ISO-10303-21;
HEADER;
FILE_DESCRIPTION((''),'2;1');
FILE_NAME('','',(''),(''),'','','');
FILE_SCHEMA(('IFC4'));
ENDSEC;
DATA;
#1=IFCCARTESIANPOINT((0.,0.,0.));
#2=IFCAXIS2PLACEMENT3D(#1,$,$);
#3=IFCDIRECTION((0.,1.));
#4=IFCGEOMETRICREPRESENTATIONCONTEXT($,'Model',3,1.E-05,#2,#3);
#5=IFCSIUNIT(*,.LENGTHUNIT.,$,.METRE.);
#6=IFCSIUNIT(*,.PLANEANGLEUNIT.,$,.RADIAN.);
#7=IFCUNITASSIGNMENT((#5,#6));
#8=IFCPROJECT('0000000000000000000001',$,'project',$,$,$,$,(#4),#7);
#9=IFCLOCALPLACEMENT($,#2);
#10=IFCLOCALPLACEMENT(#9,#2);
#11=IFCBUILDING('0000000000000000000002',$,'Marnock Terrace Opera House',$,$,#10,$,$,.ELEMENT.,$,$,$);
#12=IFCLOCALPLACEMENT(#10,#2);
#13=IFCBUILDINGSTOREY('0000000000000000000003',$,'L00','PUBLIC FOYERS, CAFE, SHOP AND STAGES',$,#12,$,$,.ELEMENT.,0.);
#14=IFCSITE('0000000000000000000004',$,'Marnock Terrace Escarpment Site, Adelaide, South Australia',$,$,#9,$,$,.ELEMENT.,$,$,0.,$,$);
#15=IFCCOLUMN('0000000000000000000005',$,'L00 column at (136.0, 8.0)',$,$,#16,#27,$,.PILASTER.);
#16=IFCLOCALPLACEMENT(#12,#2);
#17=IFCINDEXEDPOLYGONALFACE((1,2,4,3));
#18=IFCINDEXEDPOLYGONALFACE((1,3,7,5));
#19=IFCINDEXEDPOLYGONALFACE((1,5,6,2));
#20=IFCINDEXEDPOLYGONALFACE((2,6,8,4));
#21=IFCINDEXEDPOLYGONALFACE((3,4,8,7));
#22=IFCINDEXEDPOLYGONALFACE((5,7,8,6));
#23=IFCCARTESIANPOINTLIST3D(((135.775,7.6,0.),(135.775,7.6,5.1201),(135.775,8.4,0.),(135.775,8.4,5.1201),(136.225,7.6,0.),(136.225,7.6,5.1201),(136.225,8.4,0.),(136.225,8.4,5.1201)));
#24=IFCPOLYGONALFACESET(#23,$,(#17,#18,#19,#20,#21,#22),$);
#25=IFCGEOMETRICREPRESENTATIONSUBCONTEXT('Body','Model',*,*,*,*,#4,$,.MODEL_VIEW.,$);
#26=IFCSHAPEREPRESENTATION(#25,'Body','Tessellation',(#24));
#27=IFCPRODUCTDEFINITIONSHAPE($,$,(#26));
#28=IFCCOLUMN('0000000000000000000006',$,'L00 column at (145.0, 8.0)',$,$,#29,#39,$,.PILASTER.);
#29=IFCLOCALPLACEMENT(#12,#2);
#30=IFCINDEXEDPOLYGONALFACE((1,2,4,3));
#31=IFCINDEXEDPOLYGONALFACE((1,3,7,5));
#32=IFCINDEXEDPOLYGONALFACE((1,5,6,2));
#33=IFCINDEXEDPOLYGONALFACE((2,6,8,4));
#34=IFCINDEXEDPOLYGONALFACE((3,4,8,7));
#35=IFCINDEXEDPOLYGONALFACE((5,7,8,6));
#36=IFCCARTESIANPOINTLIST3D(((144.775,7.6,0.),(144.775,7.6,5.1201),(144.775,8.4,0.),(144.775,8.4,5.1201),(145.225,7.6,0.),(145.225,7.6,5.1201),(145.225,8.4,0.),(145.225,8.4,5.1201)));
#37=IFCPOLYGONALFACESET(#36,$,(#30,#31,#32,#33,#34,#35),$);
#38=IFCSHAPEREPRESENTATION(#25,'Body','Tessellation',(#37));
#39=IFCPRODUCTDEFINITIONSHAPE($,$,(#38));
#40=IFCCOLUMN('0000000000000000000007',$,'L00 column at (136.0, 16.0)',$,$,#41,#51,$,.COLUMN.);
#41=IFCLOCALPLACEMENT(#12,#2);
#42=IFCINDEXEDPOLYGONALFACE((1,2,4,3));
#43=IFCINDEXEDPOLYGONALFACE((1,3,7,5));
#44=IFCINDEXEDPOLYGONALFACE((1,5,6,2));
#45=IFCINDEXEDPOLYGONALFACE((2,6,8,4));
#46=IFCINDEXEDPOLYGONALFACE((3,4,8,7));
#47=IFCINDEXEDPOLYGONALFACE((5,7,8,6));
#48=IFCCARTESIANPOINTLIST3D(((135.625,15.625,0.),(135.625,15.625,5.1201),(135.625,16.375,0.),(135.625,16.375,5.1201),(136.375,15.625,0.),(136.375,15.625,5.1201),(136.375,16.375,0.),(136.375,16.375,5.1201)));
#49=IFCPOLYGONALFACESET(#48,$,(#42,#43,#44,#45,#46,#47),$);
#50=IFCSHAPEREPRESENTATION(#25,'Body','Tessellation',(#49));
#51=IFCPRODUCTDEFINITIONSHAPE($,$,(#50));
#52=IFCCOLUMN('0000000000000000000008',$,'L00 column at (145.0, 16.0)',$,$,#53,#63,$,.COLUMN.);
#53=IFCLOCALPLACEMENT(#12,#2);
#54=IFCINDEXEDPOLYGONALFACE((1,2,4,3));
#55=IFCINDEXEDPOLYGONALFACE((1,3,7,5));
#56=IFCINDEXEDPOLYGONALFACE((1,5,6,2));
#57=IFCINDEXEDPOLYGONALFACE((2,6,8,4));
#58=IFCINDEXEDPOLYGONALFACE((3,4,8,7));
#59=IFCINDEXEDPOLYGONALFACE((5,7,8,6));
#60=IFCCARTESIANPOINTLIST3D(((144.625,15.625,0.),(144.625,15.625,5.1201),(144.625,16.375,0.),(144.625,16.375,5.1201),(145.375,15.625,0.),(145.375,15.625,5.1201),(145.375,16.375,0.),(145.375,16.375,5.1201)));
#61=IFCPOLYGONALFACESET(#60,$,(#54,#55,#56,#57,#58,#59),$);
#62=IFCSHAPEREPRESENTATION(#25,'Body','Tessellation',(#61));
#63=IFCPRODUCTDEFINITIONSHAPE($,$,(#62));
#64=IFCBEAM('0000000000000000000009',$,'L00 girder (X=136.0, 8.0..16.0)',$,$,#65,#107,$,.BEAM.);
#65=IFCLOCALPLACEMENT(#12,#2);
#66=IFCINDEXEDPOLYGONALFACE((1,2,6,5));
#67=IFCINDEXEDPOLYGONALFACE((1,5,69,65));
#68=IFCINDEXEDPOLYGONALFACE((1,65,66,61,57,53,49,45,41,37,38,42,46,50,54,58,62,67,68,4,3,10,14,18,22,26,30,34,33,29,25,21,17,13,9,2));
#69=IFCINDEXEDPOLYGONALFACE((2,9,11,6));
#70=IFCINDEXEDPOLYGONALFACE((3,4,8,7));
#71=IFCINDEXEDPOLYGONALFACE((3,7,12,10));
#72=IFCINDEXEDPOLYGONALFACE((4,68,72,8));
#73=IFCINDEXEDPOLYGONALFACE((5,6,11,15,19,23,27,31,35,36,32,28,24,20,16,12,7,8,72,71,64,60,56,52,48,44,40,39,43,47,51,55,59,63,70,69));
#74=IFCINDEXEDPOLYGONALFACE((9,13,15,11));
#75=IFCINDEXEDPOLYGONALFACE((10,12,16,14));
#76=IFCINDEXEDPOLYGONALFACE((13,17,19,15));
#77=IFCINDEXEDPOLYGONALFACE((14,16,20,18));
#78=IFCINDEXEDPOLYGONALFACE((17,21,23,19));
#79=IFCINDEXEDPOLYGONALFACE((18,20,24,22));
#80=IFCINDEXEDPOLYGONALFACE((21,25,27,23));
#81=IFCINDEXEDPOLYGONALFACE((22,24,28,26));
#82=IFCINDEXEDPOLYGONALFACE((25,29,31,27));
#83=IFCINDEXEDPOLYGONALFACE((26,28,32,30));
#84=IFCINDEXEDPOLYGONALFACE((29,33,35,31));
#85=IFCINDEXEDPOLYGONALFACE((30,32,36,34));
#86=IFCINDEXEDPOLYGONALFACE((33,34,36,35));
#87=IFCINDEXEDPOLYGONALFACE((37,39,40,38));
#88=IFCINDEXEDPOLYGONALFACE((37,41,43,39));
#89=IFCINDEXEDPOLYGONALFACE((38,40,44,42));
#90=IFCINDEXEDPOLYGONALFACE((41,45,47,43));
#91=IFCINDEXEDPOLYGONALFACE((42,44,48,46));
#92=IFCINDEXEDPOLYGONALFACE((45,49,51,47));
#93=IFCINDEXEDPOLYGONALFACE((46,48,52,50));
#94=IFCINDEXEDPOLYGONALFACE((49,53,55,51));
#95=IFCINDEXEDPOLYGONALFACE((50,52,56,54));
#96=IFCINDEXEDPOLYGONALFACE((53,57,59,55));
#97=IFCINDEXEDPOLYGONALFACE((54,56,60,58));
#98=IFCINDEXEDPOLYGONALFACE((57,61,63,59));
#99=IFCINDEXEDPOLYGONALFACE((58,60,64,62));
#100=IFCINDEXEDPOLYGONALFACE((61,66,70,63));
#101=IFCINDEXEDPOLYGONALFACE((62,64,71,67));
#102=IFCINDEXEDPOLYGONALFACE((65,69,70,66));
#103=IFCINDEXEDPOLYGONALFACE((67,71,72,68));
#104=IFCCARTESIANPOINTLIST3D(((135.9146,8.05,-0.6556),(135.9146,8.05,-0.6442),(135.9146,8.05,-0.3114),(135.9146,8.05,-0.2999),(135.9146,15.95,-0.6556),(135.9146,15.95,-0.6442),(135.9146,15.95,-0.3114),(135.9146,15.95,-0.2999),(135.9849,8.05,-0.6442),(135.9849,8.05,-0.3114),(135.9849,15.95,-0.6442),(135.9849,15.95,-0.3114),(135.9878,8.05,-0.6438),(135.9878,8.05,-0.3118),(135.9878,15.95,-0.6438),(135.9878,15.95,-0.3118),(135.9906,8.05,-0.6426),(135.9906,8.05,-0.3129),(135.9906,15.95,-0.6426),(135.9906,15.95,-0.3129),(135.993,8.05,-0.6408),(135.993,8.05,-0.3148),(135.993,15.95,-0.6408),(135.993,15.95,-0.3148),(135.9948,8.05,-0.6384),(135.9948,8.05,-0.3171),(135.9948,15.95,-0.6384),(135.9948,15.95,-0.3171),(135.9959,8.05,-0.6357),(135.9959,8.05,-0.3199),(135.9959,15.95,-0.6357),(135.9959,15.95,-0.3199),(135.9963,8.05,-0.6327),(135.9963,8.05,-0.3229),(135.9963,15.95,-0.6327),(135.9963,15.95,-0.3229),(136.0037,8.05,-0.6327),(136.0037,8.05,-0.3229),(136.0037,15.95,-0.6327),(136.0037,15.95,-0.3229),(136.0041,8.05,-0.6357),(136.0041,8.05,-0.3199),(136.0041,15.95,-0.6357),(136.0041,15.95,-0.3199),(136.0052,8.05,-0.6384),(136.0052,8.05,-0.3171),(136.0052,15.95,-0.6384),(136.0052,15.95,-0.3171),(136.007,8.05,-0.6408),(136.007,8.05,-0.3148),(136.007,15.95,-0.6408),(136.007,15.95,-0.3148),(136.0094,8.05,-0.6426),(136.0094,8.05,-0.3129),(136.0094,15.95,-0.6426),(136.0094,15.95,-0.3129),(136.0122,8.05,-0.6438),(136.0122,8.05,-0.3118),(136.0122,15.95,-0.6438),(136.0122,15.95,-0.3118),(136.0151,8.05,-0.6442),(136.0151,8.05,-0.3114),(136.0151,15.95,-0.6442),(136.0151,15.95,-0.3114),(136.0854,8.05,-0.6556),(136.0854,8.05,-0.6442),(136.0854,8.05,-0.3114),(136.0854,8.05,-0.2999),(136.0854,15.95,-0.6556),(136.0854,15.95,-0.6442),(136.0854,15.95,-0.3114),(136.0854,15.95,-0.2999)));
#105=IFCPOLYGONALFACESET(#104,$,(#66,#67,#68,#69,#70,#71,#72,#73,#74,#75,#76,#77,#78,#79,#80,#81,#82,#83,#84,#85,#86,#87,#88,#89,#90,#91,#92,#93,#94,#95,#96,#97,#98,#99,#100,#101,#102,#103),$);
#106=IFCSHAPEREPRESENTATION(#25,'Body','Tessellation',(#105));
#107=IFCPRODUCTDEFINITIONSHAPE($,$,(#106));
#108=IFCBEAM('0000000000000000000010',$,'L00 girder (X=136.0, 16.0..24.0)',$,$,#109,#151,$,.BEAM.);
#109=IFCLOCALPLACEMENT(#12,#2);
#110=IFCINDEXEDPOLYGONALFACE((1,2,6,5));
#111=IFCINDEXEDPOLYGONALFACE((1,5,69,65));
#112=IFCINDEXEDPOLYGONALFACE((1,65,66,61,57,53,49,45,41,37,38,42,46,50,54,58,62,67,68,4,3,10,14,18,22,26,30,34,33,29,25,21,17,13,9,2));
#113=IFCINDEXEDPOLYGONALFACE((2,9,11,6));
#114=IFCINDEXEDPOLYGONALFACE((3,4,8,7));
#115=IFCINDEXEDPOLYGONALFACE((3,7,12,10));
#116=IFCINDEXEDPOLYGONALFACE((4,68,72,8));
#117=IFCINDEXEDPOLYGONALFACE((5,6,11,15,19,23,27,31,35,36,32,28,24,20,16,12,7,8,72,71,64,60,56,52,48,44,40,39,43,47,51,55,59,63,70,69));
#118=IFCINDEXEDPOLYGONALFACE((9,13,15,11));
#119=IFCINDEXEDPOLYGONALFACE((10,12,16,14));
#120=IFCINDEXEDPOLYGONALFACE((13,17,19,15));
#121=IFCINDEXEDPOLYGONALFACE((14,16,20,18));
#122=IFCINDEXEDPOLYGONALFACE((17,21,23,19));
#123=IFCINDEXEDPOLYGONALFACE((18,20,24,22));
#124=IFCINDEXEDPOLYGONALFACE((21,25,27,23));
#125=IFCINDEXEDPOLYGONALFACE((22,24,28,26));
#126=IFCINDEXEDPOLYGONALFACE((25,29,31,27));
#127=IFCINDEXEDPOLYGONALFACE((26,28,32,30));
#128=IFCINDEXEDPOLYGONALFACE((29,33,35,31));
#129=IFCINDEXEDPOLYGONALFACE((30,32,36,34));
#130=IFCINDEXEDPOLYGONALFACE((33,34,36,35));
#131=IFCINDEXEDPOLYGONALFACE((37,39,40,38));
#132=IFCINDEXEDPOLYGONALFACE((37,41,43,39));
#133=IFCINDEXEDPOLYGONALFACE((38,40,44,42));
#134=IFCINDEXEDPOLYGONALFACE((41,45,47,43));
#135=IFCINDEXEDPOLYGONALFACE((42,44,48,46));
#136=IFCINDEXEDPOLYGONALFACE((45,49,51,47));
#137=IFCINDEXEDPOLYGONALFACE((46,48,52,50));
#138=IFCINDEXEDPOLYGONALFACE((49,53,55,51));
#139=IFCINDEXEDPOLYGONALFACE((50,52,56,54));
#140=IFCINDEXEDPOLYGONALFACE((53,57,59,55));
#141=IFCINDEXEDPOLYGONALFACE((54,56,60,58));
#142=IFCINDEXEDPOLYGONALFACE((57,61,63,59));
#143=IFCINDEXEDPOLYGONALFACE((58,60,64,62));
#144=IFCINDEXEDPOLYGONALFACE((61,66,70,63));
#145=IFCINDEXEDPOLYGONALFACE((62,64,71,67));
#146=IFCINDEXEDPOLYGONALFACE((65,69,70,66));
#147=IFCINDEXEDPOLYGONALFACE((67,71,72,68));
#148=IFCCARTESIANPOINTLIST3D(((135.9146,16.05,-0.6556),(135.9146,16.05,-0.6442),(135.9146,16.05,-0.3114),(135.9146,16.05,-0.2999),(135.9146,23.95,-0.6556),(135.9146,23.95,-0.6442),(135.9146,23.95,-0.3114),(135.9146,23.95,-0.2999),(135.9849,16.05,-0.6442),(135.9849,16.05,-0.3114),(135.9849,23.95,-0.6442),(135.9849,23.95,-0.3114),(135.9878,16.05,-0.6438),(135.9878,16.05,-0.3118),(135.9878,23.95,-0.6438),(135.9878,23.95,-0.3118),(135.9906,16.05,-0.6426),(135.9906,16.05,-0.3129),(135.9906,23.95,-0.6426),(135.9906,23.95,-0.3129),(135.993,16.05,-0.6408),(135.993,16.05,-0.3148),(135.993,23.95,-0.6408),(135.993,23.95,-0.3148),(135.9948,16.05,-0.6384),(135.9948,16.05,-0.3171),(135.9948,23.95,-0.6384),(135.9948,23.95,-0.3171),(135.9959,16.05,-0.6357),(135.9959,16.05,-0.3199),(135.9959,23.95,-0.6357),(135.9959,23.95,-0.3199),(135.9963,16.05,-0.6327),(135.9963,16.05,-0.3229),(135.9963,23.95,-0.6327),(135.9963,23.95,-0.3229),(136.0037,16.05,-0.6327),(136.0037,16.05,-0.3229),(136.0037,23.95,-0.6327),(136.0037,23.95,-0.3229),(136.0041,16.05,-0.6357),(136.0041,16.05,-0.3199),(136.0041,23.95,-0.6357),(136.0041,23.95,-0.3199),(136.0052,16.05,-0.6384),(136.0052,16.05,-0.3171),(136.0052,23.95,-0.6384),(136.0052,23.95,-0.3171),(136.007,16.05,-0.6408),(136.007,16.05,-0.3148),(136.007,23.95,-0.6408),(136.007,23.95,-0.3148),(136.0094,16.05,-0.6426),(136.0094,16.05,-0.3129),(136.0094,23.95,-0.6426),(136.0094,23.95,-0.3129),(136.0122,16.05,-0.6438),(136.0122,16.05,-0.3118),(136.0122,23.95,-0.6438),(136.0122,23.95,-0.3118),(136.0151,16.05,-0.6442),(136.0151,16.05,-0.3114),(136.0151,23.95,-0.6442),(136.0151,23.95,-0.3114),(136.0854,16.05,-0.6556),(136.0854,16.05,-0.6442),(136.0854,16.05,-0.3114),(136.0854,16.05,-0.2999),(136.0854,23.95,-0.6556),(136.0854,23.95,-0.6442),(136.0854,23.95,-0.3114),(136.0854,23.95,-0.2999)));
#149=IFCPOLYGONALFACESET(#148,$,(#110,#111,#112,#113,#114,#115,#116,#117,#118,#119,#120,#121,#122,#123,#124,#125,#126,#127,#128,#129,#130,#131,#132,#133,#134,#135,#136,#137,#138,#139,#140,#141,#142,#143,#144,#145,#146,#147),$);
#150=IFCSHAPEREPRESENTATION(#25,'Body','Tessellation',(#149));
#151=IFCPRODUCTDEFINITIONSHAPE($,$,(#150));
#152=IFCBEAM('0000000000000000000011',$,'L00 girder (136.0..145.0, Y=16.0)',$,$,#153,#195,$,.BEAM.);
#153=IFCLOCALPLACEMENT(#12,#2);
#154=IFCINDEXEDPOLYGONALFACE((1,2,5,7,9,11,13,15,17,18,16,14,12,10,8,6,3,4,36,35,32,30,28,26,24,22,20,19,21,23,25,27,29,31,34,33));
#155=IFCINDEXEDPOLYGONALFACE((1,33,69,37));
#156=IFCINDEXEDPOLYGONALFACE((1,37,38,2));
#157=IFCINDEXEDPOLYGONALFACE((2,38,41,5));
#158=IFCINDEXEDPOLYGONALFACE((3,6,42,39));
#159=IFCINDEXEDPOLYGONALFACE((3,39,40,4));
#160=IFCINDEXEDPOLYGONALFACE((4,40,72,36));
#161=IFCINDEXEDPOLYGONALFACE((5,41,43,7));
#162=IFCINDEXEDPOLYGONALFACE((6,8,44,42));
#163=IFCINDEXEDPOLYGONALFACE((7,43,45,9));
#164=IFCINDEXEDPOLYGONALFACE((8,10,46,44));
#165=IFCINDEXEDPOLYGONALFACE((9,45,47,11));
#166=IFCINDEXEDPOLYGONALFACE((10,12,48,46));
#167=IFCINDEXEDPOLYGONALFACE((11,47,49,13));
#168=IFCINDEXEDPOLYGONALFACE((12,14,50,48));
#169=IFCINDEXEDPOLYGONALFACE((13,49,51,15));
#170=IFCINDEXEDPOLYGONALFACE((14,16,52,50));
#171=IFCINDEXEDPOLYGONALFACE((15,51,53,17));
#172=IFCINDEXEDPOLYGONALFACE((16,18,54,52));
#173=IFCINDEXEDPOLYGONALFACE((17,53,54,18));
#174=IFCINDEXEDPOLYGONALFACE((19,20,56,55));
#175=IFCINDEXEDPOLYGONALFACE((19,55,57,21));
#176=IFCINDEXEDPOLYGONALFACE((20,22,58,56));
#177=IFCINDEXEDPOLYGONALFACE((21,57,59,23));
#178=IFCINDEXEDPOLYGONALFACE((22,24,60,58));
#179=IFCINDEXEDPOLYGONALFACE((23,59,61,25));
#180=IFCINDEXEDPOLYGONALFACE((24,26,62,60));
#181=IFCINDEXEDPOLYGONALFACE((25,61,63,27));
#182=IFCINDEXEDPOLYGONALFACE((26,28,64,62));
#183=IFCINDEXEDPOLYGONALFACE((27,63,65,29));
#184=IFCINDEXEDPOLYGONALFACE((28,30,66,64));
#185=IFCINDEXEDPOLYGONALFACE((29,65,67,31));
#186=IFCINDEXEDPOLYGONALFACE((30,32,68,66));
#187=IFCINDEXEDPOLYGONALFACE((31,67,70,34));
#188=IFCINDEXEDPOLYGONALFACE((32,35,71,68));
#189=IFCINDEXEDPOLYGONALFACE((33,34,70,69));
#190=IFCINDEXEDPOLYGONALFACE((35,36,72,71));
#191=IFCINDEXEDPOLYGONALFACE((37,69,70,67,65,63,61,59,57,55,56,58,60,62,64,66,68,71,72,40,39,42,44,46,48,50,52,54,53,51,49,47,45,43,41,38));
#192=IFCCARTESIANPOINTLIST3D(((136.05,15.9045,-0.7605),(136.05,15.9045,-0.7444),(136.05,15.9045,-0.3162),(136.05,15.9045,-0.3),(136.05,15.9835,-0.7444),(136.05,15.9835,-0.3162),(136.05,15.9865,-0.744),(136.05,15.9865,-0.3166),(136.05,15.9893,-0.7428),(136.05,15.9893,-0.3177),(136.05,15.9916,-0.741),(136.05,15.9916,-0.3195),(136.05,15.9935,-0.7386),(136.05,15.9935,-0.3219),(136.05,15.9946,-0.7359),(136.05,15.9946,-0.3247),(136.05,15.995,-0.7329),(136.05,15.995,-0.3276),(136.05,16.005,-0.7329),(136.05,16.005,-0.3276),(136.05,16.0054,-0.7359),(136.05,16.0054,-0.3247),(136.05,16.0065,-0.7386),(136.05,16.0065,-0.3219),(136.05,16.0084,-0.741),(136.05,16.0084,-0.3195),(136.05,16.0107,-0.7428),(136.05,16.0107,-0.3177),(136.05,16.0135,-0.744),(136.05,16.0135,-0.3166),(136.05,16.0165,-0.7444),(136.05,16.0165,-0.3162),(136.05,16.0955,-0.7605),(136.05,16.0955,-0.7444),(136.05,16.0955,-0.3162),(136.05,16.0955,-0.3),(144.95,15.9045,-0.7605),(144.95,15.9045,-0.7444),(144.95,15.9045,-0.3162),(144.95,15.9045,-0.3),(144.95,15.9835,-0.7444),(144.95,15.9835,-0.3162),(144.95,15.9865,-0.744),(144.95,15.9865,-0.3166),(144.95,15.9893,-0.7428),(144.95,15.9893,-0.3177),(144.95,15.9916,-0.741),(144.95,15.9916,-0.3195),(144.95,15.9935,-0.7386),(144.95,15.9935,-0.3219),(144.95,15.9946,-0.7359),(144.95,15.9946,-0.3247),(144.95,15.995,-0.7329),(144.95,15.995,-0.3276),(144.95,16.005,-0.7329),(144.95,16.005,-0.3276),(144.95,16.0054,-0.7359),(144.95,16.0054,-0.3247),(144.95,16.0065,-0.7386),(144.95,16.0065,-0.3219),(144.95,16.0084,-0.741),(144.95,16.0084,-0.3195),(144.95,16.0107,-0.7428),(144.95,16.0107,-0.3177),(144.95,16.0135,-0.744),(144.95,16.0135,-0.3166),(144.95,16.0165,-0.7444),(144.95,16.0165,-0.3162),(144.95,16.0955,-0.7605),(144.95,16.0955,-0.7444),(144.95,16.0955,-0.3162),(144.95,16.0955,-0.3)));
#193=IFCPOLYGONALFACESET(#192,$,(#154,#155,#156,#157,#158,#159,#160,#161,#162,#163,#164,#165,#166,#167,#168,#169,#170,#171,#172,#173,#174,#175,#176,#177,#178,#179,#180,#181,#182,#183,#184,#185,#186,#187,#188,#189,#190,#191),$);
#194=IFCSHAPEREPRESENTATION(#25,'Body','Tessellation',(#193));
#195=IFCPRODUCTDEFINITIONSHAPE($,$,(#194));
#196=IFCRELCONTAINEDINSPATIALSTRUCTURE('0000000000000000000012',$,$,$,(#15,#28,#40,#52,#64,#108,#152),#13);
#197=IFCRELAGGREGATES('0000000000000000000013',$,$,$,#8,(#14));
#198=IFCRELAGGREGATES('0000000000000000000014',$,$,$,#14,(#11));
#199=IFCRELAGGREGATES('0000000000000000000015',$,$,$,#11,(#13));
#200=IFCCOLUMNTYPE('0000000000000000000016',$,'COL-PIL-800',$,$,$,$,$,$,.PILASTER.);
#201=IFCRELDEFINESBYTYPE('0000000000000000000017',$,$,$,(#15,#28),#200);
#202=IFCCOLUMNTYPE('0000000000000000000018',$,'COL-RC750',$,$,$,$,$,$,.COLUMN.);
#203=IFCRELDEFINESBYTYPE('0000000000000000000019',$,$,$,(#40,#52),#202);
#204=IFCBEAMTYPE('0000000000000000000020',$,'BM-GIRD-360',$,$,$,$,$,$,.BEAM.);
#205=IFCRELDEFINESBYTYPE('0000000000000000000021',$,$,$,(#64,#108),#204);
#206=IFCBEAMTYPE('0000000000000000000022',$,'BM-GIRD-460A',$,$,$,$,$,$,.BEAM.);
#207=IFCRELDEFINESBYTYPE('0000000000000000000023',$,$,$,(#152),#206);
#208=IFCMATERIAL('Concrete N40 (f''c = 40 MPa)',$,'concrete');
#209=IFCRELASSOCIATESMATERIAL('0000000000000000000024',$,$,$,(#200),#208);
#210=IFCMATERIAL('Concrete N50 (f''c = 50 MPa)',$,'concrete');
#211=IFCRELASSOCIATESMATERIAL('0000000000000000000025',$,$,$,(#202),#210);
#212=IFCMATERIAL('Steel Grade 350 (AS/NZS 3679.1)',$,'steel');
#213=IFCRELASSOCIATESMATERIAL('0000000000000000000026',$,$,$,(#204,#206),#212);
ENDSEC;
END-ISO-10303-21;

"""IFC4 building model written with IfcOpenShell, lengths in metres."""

from ifc_helpers import new_model, si_unit, direction, frame, origin, origin_2d, place, context, subcontext, project, spatial, rectangle, i_section, extrude, material, material_profile, profile_set, type_object, element, save


model = new_model("IFC4")

# Units and contexts
model_context = context("Model", 3, precision=1e-05, world=origin(), true_north=direction((0.0, 1.0)))
body_context = subcontext(model_context, "Body", "Model", "MODEL_VIEW")
ifc_project = project(units=[si_unit("LENGTHUNIT", "METRE"), si_unit("PLANEANGLEUNIT", "RADIAN")], contexts=[model_context])

# Site, building, storey
site_placement = place(None, origin())
site = spatial("IfcSite", under=ifc_project, at=site_placement, Name="Marnock Terrace Escarpment Site, Adelaide, South Australia", CompositionType="ELEMENT", RefElevation=0.0)
building_placement = place(site_placement, origin())
building = spatial("IfcBuilding", under=site, at=building_placement, Name="Marnock Terrace Opera House", CompositionType="ELEMENT")
storey_placement = place(building_placement, origin())
storey = spatial("IfcBuildingStorey", under=building, at=storey_placement, Name="L00", Description="PUBLIC FOYERS, CAFE, SHOP AND STAGES", CompositionType="ELEMENT", Elevation=0.0)

# Columns
ifc_material_1 = material(Name="Concrete N40 (f'c = 40 MPa)", Category="concrete")
ifc_material_profile_1 = material_profile(ifc_material_1, rectangle(XDim=0.45, YDim=0.8, at=origin_2d()))
ifc_profile_set_1 = profile_set([ifc_material_profile_1], Name="Concrete N40 (f'c = 40 MPa)")
column_type_1 = type_object("IfcColumnType", Name="COL-PIL-800", PredefinedType="PILASTER", material=ifc_profile_set_1)
for number, where, z_axis, x_axis, name in (
    (1, (136.0, 8.0, 0.0), (0.0, 0.0, 1.0), (1.0, 0.0, 0.0), "L00 column at (136.0, 8.0)"),
    (2, (145.0, 8.0, 0.0), (0.0, 0.0, 1.0), (1.0, 0.0, 0.0), "L00 column at (145.0, 8.0)"),
):
    element("IfcColumn", number, at=place(storey_placement, frame(where, z_axis=z_axis, x_axis=x_axis)), inside=storey, type_object=column_type_1, Name=name, PredefinedType="PILASTER", context=body_context, shape_type="SweptSolid", body=[
        extrude(rectangle(XDim=0.45, YDim=0.8, at=origin_2d()), origin(), (0.0, 0.0, 1.0), 5.1201),
    ])
ifc_material_2 = material(Name="Concrete N50 (f'c = 50 MPa)", Category="concrete")
ifc_material_profile_2 = material_profile(ifc_material_2, rectangle(XDim=0.75, YDim=0.75, at=origin_2d()))
ifc_profile_set_2 = profile_set([ifc_material_profile_2], Name="Concrete N50 (f'c = 50 MPa)")
column_type_2 = type_object("IfcColumnType", Name="COL-RC750", PredefinedType="COLUMN", material=ifc_profile_set_2)
for number, where, z_axis, x_axis, name in (
    (3, (136.0, 16.0, 0.0), (0.0, 0.0, 1.0), (1.0, 0.0, 0.0), "L00 column at (136.0, 16.0)"),
    (4, (145.0, 16.0, 0.0), (0.0, 0.0, 1.0), (1.0, 0.0, 0.0), "L00 column at (145.0, 16.0)"),
):
    element("IfcColumn", number, at=place(storey_placement, frame(where, z_axis=z_axis, x_axis=x_axis)), inside=storey, type_object=column_type_2, Name=name, PredefinedType="COLUMN", context=body_context, shape_type="SweptSolid", body=[
        extrude(rectangle(XDim=0.75, YDim=0.75, at=origin_2d()), origin(), (0.0, 0.0, 1.0), 5.1201),
    ])

# Beams
ifc_material_3 = material(Name="Steel Grade 350 (AS/NZS 3679.1)", Category="steel")
ifc_material_profile_3 = material_profile(ifc_material_3, i_section(OverallWidth=0.1709, OverallDepth=0.3557, WebThickness=0.0073, FlangeThickness=0.0115, FilletRadius=0.0115, at=origin_2d()))
ifc_profile_set_3 = profile_set([ifc_material_profile_3], Name="Steel Grade 350 (AS/NZS 3679.1)")
beam_type_1 = type_object("IfcBeamType", Name="BM-GIRD-360", PredefinedType="BEAM", material=ifc_profile_set_3)
for number, where, z_axis, x_axis, name in (
    (5, (136.0, 8.05, -0.4778), (0.0, 1.0, 0.0), (-1.0, 0.0, 0.0), "L00 girder (X=136.0, 8.0..16.0)"),
    (6, (136.0, 16.05, -0.4778), (0.0, 1.0, 0.0), (-1.0, 0.0, 0.0), "L00 girder (X=136.0, 16.0..24.0)"),
):
    element("IfcBeam", number, at=place(storey_placement, frame(where, z_axis=z_axis, x_axis=x_axis)), inside=storey, type_object=beam_type_1, Name=name, PredefinedType="BEAM", context=body_context, shape_type="SweptSolid", body=[
        extrude(i_section(OverallWidth=0.1709, OverallDepth=0.3557, WebThickness=0.0073, FlangeThickness=0.0115, FilletRadius=0.0115, at=origin_2d()), origin(), (0.0, 0.0, 1.0), 7.8999),
    ])
ifc_material_profile_4 = material_profile(ifc_material_3, i_section(OverallWidth=0.1909, OverallDepth=0.4604, WebThickness=0.01, FlangeThickness=0.0161, FilletRadius=0.0115, at=origin_2d()))
ifc_profile_set_4 = profile_set([ifc_material_profile_4], Name="Steel Grade 350 (AS/NZS 3679.1)")
beam_type_2 = type_object("IfcBeamType", Name="BM-GIRD-460A", PredefinedType="BEAM", material=ifc_profile_set_4)
beam_1_placement = place(storey_placement, frame((136.05, 16.0, -0.5303), z_axis=(1.0, 0.0, 0.0), x_axis=(0.0, 1.0, 0.0)))
element("IfcBeam", 7, at=beam_1_placement, inside=storey, type_object=beam_type_2, Name="L00 girder (136.0..145.0, Y=16.0)", PredefinedType="BEAM", context=body_context, shape_type="SweptSolid", body=[
    extrude(i_section(OverallWidth=0.1909, OverallDepth=0.4604, WebThickness=0.01, FlangeThickness=0.0161, FilletRadius=0.0115, at=origin_2d()), origin(), (0.0, 0.0, 1.0), 8.8999),
])

save(model, "model.ifc")
